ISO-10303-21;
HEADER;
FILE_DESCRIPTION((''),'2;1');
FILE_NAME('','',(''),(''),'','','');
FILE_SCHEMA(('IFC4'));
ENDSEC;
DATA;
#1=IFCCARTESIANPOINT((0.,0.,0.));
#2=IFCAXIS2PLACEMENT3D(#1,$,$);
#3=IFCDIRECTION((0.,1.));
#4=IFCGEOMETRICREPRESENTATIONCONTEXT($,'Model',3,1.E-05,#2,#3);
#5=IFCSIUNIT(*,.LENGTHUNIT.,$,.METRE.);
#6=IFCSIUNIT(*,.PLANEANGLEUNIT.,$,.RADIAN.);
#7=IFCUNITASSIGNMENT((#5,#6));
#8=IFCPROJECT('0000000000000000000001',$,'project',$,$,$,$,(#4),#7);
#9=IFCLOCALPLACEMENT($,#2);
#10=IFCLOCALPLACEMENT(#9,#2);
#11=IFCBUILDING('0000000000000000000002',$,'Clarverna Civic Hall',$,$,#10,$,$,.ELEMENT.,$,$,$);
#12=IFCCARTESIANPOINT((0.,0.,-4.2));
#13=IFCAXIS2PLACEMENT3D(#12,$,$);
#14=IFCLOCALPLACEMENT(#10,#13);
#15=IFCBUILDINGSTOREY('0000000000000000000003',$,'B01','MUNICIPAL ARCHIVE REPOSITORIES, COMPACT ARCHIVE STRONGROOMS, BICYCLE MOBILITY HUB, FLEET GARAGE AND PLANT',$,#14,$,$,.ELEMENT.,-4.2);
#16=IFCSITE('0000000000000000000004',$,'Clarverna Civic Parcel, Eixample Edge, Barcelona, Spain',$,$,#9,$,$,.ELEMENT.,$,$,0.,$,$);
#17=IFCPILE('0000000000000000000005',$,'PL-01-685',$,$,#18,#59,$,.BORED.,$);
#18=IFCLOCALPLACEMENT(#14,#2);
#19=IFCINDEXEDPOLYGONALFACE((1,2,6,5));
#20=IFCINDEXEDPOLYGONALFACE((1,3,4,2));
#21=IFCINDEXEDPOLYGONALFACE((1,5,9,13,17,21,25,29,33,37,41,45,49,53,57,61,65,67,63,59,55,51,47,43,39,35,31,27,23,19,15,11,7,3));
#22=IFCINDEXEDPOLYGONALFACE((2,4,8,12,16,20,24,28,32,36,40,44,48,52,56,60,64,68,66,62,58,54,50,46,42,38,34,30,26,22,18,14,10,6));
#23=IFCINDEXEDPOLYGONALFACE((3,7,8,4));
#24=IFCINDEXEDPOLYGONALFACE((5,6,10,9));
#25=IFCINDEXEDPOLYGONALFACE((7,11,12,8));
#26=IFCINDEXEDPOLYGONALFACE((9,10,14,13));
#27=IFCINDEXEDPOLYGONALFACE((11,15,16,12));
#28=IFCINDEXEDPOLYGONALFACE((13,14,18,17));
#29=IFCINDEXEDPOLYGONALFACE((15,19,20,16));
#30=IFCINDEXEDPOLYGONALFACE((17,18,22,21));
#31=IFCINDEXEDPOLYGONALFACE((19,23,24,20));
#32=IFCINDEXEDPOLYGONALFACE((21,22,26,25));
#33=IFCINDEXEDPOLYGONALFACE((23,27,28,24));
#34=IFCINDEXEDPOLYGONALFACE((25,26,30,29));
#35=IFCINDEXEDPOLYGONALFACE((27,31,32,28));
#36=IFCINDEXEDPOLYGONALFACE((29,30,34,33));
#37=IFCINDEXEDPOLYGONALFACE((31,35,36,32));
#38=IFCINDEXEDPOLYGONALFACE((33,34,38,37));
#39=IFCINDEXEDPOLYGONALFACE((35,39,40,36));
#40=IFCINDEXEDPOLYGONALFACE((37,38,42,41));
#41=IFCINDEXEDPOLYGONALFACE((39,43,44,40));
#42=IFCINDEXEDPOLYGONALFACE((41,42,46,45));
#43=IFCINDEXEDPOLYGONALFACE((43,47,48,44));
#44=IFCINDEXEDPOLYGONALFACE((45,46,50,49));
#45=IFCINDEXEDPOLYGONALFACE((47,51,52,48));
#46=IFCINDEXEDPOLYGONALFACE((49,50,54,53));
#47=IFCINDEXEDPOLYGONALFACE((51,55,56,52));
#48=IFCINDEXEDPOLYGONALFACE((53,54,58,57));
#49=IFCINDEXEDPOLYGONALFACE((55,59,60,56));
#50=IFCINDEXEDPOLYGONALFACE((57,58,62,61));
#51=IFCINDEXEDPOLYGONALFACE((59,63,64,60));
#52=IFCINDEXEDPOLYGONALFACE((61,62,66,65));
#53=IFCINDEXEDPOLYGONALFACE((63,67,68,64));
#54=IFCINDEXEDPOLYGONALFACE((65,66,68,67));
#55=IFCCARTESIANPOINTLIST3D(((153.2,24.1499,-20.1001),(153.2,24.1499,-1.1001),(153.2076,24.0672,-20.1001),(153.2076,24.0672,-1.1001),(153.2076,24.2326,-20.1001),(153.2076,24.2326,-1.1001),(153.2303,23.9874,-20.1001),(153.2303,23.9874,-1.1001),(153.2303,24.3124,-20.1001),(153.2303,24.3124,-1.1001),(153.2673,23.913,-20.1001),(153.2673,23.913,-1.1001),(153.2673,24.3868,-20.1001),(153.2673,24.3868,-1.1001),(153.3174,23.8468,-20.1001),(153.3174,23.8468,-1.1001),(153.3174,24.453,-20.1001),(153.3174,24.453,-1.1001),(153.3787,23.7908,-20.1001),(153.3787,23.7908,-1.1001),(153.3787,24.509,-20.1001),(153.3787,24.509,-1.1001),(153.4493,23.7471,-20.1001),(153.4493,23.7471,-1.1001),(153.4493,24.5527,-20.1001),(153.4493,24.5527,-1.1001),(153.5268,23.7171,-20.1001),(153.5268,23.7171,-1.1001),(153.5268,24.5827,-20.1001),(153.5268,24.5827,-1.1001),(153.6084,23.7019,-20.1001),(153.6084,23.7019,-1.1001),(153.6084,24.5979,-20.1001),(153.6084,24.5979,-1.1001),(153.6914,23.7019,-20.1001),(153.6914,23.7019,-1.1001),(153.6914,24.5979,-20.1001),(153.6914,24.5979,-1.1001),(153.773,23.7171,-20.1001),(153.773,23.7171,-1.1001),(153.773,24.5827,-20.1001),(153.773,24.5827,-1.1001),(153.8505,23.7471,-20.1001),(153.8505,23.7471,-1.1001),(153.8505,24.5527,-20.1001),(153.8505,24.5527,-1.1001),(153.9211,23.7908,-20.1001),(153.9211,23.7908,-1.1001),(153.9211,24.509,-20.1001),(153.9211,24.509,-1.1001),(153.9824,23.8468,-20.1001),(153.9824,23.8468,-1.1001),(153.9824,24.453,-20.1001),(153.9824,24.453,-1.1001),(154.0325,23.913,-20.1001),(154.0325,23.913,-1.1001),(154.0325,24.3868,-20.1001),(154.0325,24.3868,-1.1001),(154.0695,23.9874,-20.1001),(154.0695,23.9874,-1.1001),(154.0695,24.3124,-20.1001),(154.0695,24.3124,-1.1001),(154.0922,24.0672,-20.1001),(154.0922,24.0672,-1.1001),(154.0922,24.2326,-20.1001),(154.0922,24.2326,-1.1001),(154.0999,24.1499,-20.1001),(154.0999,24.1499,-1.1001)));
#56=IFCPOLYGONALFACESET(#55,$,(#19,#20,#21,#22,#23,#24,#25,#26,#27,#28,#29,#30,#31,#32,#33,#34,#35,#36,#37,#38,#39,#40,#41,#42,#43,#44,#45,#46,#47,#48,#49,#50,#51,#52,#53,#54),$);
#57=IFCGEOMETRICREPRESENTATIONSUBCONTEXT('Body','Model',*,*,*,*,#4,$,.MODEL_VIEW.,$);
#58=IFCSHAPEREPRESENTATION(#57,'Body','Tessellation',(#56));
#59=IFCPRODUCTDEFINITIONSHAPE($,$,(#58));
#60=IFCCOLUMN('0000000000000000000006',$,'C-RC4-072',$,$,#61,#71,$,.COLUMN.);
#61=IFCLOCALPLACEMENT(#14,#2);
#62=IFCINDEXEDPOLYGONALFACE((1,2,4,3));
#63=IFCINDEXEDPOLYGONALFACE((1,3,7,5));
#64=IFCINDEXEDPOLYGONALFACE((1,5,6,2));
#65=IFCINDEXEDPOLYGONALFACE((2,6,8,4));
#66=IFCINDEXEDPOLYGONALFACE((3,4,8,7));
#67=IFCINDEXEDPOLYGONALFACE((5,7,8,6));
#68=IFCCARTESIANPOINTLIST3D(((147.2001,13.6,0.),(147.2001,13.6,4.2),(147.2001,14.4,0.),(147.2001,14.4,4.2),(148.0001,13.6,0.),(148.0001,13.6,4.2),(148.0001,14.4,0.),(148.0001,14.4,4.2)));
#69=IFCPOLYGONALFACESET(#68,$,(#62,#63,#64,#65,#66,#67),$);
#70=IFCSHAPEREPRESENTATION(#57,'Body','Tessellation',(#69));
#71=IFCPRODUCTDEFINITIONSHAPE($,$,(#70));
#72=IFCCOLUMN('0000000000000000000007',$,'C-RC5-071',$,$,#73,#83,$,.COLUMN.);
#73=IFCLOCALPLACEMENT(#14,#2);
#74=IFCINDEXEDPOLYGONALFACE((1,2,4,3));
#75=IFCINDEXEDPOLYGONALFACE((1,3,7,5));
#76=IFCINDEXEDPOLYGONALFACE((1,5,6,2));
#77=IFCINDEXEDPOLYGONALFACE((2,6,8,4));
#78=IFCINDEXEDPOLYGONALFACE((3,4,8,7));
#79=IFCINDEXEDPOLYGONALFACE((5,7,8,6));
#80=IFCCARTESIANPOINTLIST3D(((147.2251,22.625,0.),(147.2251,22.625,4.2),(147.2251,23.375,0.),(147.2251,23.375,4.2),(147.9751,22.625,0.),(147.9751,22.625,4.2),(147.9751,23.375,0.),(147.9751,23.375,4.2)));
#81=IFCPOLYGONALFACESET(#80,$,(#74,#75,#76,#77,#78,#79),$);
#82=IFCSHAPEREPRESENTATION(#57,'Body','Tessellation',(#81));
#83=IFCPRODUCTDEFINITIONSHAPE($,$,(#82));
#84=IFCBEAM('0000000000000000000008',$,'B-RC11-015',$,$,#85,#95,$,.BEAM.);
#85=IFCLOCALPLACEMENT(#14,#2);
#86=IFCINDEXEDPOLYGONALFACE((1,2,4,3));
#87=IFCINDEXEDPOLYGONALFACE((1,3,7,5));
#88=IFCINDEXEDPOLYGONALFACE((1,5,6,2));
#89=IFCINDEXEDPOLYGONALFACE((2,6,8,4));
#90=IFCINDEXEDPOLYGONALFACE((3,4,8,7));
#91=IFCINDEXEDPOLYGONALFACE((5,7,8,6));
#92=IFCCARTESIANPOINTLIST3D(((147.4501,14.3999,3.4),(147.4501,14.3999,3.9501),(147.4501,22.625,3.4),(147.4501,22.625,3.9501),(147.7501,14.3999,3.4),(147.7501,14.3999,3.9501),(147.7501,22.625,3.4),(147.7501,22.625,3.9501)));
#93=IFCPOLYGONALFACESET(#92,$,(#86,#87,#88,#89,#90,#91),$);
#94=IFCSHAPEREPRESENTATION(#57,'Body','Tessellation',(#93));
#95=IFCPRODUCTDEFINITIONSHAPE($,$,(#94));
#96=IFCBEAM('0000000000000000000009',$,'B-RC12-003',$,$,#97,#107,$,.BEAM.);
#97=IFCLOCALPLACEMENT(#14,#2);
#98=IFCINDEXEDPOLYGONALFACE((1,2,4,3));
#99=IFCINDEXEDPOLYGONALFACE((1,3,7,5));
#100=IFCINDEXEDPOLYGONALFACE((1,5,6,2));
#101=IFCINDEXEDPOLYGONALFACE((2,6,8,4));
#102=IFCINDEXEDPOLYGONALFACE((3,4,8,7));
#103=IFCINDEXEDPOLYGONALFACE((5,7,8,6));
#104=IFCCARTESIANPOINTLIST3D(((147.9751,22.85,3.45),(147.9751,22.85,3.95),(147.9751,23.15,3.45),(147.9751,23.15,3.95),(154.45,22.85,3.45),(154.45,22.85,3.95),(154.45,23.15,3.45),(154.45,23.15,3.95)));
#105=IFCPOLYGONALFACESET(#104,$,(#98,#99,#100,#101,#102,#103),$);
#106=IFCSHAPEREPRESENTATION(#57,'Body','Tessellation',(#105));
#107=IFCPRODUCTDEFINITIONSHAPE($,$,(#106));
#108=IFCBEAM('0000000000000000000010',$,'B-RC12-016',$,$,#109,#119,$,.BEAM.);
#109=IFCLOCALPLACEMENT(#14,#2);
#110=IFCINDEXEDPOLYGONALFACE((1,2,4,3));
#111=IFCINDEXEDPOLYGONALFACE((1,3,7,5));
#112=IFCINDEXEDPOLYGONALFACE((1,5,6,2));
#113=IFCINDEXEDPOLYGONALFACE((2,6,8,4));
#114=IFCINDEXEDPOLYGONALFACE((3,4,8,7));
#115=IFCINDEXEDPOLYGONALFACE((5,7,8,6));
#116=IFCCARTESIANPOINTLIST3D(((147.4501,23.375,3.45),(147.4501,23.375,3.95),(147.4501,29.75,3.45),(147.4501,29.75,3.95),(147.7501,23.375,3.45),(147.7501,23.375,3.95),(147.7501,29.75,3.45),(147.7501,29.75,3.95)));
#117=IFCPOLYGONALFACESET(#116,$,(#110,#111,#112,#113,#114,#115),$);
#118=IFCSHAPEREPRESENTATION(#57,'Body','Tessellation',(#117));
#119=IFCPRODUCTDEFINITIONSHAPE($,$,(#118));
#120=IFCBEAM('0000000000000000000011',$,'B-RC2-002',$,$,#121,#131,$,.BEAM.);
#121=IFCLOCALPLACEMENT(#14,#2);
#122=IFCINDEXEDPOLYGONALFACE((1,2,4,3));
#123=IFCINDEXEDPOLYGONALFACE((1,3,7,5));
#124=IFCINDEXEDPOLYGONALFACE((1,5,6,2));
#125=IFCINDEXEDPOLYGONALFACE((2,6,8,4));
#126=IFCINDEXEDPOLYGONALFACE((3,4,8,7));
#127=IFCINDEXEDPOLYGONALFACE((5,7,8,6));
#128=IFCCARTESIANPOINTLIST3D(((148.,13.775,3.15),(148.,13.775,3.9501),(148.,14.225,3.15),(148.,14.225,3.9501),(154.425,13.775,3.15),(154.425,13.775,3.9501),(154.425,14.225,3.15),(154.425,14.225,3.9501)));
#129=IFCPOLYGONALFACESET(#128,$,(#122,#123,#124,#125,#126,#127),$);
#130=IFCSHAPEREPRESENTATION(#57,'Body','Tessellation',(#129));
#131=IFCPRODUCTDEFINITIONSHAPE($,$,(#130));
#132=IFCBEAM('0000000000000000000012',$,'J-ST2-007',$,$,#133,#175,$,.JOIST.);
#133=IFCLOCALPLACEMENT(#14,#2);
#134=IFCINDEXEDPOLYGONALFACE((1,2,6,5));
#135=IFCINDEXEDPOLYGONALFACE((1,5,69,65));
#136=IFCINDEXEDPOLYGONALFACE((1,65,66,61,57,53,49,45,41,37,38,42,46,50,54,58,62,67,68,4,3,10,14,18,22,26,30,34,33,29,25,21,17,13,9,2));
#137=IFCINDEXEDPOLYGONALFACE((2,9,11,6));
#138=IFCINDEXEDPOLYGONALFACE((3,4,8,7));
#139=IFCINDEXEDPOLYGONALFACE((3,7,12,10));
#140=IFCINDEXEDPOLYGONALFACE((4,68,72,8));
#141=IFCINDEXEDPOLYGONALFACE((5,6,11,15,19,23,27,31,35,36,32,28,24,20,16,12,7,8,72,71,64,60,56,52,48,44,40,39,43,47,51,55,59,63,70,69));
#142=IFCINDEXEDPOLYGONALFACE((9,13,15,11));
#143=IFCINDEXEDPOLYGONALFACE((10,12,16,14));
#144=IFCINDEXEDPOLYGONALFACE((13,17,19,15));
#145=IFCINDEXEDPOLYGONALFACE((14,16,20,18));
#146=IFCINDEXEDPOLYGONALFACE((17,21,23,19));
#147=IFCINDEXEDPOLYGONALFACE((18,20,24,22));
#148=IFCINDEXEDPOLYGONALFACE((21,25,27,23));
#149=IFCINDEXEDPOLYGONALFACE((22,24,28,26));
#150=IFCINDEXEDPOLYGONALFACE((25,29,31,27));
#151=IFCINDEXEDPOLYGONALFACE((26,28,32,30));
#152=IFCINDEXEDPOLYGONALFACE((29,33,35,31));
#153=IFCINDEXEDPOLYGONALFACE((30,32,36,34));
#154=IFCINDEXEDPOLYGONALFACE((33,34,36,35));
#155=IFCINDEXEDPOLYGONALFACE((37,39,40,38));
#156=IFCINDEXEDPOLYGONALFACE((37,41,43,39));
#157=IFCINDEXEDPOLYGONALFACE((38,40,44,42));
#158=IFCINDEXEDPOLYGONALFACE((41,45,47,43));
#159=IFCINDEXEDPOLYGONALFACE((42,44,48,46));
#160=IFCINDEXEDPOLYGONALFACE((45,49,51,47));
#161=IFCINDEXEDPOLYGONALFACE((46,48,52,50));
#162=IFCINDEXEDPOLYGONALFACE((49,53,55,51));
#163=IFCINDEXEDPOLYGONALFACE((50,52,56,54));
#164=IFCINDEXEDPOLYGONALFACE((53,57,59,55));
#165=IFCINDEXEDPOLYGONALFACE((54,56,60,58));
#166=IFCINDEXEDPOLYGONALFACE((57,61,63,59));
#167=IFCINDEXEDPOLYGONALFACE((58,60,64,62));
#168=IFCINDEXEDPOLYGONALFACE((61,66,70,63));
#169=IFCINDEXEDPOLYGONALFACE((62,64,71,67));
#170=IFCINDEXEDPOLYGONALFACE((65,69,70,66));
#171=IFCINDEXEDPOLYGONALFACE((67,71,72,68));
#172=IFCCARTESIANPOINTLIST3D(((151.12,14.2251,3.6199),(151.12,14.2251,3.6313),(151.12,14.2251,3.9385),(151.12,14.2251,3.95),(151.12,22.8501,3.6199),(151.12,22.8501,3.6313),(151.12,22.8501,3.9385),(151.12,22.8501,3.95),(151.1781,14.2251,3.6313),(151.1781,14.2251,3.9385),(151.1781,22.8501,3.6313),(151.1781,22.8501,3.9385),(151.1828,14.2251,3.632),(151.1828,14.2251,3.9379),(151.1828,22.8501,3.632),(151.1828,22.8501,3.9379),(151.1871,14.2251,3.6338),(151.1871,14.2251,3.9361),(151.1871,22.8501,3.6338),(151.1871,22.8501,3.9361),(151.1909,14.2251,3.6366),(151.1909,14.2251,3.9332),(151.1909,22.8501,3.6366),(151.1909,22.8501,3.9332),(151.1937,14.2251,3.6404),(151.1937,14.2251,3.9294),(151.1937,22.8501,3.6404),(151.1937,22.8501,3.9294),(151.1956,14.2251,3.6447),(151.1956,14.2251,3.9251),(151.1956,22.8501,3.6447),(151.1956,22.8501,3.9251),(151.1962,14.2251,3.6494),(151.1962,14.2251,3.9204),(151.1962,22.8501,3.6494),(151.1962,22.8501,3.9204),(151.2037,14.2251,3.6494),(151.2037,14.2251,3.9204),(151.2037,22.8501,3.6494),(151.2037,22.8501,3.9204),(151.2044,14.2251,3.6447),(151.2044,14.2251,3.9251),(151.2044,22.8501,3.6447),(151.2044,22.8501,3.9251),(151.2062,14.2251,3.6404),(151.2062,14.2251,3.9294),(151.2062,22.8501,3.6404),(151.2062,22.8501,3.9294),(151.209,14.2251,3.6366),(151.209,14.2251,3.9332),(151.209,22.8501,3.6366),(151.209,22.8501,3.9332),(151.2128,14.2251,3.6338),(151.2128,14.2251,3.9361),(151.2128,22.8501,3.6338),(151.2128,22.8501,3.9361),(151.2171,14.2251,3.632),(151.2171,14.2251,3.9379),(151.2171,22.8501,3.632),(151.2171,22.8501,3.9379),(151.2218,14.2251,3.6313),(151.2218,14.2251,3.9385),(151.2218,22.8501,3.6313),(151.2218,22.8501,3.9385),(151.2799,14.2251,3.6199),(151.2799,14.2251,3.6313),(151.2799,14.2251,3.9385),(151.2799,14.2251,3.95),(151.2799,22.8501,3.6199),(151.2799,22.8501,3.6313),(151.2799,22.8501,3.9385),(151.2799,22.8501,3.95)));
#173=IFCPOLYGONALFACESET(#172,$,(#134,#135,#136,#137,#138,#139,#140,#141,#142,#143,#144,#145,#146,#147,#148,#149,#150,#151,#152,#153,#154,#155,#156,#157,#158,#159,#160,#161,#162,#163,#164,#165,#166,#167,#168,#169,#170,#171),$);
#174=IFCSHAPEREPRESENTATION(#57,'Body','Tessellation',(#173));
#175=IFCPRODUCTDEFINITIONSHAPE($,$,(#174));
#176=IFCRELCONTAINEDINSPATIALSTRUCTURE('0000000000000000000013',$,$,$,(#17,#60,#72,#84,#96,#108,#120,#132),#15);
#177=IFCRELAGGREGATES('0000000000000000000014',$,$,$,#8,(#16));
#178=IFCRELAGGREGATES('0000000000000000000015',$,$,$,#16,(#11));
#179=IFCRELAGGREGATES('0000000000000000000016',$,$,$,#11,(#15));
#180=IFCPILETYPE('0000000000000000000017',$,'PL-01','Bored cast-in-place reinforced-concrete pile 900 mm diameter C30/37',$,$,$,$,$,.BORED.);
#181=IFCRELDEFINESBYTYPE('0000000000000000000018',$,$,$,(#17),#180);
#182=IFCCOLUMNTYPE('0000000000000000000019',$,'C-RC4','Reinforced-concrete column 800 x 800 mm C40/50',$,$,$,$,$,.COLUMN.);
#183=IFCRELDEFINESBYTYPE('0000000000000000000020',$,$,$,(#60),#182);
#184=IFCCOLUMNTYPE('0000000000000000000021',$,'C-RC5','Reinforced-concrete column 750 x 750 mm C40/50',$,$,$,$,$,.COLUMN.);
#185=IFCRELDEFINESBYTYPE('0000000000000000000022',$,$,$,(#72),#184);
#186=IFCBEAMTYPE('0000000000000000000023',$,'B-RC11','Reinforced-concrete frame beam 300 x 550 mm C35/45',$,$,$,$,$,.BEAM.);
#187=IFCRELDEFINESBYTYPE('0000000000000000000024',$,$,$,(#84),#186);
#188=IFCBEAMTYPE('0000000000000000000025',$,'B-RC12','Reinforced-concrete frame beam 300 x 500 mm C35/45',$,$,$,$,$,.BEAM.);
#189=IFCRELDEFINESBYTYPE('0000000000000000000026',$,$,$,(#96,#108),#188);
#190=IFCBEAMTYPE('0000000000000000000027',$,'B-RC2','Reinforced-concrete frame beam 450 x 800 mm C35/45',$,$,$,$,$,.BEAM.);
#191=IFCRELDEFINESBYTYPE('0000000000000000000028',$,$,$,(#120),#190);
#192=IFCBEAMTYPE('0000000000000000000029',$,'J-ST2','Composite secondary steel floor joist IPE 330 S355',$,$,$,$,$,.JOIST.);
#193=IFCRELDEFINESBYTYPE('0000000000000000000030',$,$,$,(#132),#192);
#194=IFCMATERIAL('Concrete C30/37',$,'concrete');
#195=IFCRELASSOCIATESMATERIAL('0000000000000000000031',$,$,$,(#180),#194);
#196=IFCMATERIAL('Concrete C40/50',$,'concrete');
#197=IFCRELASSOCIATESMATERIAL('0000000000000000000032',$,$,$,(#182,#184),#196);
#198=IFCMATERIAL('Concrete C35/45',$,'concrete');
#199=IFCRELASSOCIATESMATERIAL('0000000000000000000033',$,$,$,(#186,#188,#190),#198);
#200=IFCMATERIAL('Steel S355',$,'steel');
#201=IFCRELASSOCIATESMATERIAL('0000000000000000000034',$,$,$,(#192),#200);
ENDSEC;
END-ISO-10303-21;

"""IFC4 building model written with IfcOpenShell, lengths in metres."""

from ifc_helpers import new_model, si_unit, direction, frame, origin, origin_2d, place, context, subcontext, project, spatial, rectangle, circle, i_section, extrude, material, material_profile, profile_set, type_object, element, save


model = new_model("IFC4")

# Units and contexts
model_context = context("Model", 3, precision=1e-05, world=origin(), true_north=direction((0.0, 1.0)))
body_context = subcontext(model_context, "Body", "Model", "MODEL_VIEW")
ifc_project = project(units=[si_unit("LENGTHUNIT", "METRE"), si_unit("PLANEANGLEUNIT", "RADIAN")], contexts=[model_context])

# Site, building, storey
site_placement = place(None, origin())
site = spatial("IfcSite", under=ifc_project, at=site_placement, Name="Clarverna Civic Parcel, Eixample Edge, Barcelona, Spain", CompositionType="ELEMENT", RefElevation=0.0)
building_placement = place(site_placement, origin())
building = spatial("IfcBuilding", under=site, at=building_placement, Name="Clarverna Civic Hall", CompositionType="ELEMENT")
storey_placement = place(building_placement, frame((0.0, 0.0, -4.2)))
storey = spatial("IfcBuildingStorey", under=building, at=storey_placement, Name="B01", Description="MUNICIPAL ARCHIVE REPOSITORIES, COMPACT ARCHIVE STRONGROOMS, BICYCLE MOBILITY HUB, FLEET GARAGE AND PLANT", CompositionType="ELEMENT", Elevation=-4.2)

# Shared definitions
ifc_material_1 = material(Name="Concrete C30/37", Category="concrete")

# Pile
ifc_material_profile_1 = material_profile(ifc_material_1, circle(Radius=0.45, at=origin_2d()), Name="BORED PILE D900")
ifc_profile_set_1 = profile_set([ifc_material_profile_1], Name="Concrete C30/37")
pile_type = type_object("IfcPileType", Name="PL-01", Description="Bored cast-in-place reinforced-concrete pile 900 mm diameter C30/37", PredefinedType="BORED", material=ifc_profile_set_1)
for number, where, z_axis, x_axis, name in (
    (1, (153.6499, 24.1499, -1.1001), (0.0, 0.0, -1.0), (1.0, 0.0, 0.0), "PL-01-685"),
):
    element("IfcPile", number, at=place(storey_placement, frame(where, z_axis=z_axis, x_axis=x_axis)), inside=storey, type_object=pile_type, Name=name, PredefinedType="BORED", context=body_context, shape_type="SweptSolid", body=[
        extrude(circle(Radius=0.45, at=origin_2d()), origin(), (0.0, 0.0, 1.0), 19.0),
    ])

# Columns
ifc_material_2 = material(Name="Concrete C40/50", Category="concrete")
ifc_material_profile_2 = material_profile(ifc_material_2, rectangle(XDim=0.8, YDim=0.8, at=origin_2d()), Name="RC 800x800")
ifc_profile_set_2 = profile_set([ifc_material_profile_2], Name="Concrete C40/50")
column_type_1 = type_object("IfcColumnType", Name="C-RC4", Description="Reinforced-concrete column 800 x 800 mm C40/50", PredefinedType="COLUMN", material=ifc_profile_set_2)
column_1_placement = place(storey_placement, frame((147.6001, 14.0, 0.0), z_axis=(0.0, 0.0, 1.0), x_axis=(1.0, 0.0, 0.0)))
element("IfcColumn", 2, at=column_1_placement, inside=storey, type_object=column_type_1, Name="C-RC4-072", PredefinedType="COLUMN", context=body_context, shape_type="SweptSolid", body=[
    extrude(rectangle(XDim=0.8, YDim=0.8, at=origin_2d()), origin(), (0.0, 0.0, 1.0), 4.2),
])
ifc_material_profile_3 = material_profile(ifc_material_2, rectangle(XDim=0.75, YDim=0.75, at=origin_2d()), Name="RC 750x750")
ifc_profile_set_3 = profile_set([ifc_material_profile_3], Name="Concrete C40/50")
column_type_2 = type_object("IfcColumnType", Name="C-RC5", Description="Reinforced-concrete column 750 x 750 mm C40/50", PredefinedType="COLUMN", material=ifc_profile_set_3)
column_2_placement = place(storey_placement, frame((147.6001, 23.0, 0.0), z_axis=(0.0, 0.0, 1.0), x_axis=(1.0, 0.0, 0.0)))
element("IfcColumn", 3, at=column_2_placement, inside=storey, type_object=column_type_2, Name="C-RC5-071", PredefinedType="COLUMN", context=body_context, shape_type="SweptSolid", body=[
    extrude(rectangle(XDim=0.75, YDim=0.75, at=origin_2d()), origin(), (0.0, 0.0, 1.0), 4.2),
])

# Beams
ifc_material_3 = material(Name="Concrete C35/45", Category="concrete")
ifc_material_profile_4 = material_profile(ifc_material_3, rectangle(XDim=0.3, YDim=0.55, at=origin_2d()), Name="RC 300x550")
ifc_profile_set_4 = profile_set([ifc_material_profile_4], Name="Concrete C35/45")
beam_type_1 = type_object("IfcBeamType", Name="B-RC11", Description="Reinforced-concrete frame beam 300 x 550 mm C35/45", PredefinedType="BEAM", material=ifc_profile_set_4)
beam_1_placement = place(storey_placement, frame((147.6001, 14.3999, 3.675), z_axis=(0.0, 1.0, 0.0), x_axis=(-1.0, 0.0, 0.0)))
element("IfcBeam", 4, at=beam_1_placement, inside=storey, type_object=beam_type_1, Name="B-RC11-015", PredefinedType="BEAM", context=body_context, shape_type="SweptSolid", body=[
    extrude(rectangle(XDim=0.3, YDim=0.55, at=origin_2d()), origin(), (0.0, 0.0, 1.0), 8.2251),
])
ifc_material_profile_5 = material_profile(ifc_material_3, rectangle(XDim=0.3, YDim=0.5, at=origin_2d()), Name="RC 300x500")
ifc_profile_set_5 = profile_set([ifc_material_profile_5], Name="Concrete C35/45")
beam_type_2 = type_object("IfcBeamType", Name="B-RC12", Description="Reinforced-concrete frame beam 300 x 500 mm C35/45", PredefinedType="BEAM", material=ifc_profile_set_5)
beam_2_placement = place(storey_placement, frame((147.9751, 23.0, 3.7), z_axis=(1.0, 0.0, 0.0), x_axis=(0.0, 1.0, 0.0)))
element("IfcBeam", 5, at=beam_2_placement, inside=storey, type_object=beam_type_2, Name="B-RC12-003", PredefinedType="BEAM", context=body_context, shape_type="SweptSolid", body=[
    extrude(rectangle(XDim=0.3, YDim=0.5, at=origin_2d()), origin(), (0.0, 0.0, 1.0), 6.4749),
])
beam_3_placement = place(storey_placement, frame((147.6001, 23.375, 3.7), z_axis=(0.0, 1.0, 0.0), x_axis=(-1.0, 0.0, 0.0)))
element("IfcBeam", 6, at=beam_3_placement, inside=storey, type_object=beam_type_2, Name="B-RC12-016", PredefinedType="BEAM", context=body_context, shape_type="SweptSolid", body=[
    extrude(rectangle(XDim=0.3, YDim=0.5, at=origin_2d()), origin(), (0.0, 0.0, 1.0), 6.375),
])
ifc_material_profile_6 = material_profile(ifc_material_3, rectangle(XDim=0.45, YDim=0.8, at=origin_2d()), Name="RC 450x800")
ifc_profile_set_6 = profile_set([ifc_material_profile_6], Name="Concrete C35/45")
beam_type_3 = type_object("IfcBeamType", Name="B-RC2", Description="Reinforced-concrete frame beam 450 x 800 mm C35/45", PredefinedType="BEAM", material=ifc_profile_set_6)
beam_4_placement = place(storey_placement, frame((148.0, 14.0, 3.55), z_axis=(1.0, 0.0, 0.0), x_axis=(0.0, 1.0, 0.0)))
element("IfcBeam", 7, at=beam_4_placement, inside=storey, type_object=beam_type_3, Name="B-RC2-002", PredefinedType="BEAM", context=body_context, shape_type="SweptSolid", body=[
    extrude(rectangle(XDim=0.45, YDim=0.8, at=origin_2d()), origin(), (0.0, 0.0, 1.0), 6.425),
])
ifc_material_4 = material(Name="Steel S355", Category="steel")
ifc_material_profile_7 = material_profile(ifc_material_4, i_section(OverallWidth=0.1599, OverallDepth=0.3301, WebThickness=0.0076, FlangeThickness=0.0115, FilletRadius=0.0181, at=origin_2d()), Name="IPE 330")
ifc_profile_set_7 = profile_set([ifc_material_profile_7], Name="Steel S355")
beam_type_4 = type_object("IfcBeamType", Name="J-ST2", Description="Composite secondary steel floor joist IPE 330 S355", PredefinedType="JOIST", material=ifc_profile_set_7)
beam_5_placement = place(storey_placement, frame((151.2, 14.2251, 3.7849), z_axis=(0.0, 1.0, 0.0), x_axis=(-1.0, 0.0, 0.0)))
element("IfcBeam", 8, at=beam_5_placement, inside=storey, type_object=beam_type_4, Name="J-ST2-007", PredefinedType="JOIST", context=body_context, shape_type="SweptSolid", body=[
    extrude(i_section(OverallWidth=0.1599, OverallDepth=0.3301, WebThickness=0.0076, FlangeThickness=0.0115, FilletRadius=0.0181, at=origin_2d()), origin(), (0.0, 0.0, 1.0), 8.625),
])

save(model, "model.ifc")
